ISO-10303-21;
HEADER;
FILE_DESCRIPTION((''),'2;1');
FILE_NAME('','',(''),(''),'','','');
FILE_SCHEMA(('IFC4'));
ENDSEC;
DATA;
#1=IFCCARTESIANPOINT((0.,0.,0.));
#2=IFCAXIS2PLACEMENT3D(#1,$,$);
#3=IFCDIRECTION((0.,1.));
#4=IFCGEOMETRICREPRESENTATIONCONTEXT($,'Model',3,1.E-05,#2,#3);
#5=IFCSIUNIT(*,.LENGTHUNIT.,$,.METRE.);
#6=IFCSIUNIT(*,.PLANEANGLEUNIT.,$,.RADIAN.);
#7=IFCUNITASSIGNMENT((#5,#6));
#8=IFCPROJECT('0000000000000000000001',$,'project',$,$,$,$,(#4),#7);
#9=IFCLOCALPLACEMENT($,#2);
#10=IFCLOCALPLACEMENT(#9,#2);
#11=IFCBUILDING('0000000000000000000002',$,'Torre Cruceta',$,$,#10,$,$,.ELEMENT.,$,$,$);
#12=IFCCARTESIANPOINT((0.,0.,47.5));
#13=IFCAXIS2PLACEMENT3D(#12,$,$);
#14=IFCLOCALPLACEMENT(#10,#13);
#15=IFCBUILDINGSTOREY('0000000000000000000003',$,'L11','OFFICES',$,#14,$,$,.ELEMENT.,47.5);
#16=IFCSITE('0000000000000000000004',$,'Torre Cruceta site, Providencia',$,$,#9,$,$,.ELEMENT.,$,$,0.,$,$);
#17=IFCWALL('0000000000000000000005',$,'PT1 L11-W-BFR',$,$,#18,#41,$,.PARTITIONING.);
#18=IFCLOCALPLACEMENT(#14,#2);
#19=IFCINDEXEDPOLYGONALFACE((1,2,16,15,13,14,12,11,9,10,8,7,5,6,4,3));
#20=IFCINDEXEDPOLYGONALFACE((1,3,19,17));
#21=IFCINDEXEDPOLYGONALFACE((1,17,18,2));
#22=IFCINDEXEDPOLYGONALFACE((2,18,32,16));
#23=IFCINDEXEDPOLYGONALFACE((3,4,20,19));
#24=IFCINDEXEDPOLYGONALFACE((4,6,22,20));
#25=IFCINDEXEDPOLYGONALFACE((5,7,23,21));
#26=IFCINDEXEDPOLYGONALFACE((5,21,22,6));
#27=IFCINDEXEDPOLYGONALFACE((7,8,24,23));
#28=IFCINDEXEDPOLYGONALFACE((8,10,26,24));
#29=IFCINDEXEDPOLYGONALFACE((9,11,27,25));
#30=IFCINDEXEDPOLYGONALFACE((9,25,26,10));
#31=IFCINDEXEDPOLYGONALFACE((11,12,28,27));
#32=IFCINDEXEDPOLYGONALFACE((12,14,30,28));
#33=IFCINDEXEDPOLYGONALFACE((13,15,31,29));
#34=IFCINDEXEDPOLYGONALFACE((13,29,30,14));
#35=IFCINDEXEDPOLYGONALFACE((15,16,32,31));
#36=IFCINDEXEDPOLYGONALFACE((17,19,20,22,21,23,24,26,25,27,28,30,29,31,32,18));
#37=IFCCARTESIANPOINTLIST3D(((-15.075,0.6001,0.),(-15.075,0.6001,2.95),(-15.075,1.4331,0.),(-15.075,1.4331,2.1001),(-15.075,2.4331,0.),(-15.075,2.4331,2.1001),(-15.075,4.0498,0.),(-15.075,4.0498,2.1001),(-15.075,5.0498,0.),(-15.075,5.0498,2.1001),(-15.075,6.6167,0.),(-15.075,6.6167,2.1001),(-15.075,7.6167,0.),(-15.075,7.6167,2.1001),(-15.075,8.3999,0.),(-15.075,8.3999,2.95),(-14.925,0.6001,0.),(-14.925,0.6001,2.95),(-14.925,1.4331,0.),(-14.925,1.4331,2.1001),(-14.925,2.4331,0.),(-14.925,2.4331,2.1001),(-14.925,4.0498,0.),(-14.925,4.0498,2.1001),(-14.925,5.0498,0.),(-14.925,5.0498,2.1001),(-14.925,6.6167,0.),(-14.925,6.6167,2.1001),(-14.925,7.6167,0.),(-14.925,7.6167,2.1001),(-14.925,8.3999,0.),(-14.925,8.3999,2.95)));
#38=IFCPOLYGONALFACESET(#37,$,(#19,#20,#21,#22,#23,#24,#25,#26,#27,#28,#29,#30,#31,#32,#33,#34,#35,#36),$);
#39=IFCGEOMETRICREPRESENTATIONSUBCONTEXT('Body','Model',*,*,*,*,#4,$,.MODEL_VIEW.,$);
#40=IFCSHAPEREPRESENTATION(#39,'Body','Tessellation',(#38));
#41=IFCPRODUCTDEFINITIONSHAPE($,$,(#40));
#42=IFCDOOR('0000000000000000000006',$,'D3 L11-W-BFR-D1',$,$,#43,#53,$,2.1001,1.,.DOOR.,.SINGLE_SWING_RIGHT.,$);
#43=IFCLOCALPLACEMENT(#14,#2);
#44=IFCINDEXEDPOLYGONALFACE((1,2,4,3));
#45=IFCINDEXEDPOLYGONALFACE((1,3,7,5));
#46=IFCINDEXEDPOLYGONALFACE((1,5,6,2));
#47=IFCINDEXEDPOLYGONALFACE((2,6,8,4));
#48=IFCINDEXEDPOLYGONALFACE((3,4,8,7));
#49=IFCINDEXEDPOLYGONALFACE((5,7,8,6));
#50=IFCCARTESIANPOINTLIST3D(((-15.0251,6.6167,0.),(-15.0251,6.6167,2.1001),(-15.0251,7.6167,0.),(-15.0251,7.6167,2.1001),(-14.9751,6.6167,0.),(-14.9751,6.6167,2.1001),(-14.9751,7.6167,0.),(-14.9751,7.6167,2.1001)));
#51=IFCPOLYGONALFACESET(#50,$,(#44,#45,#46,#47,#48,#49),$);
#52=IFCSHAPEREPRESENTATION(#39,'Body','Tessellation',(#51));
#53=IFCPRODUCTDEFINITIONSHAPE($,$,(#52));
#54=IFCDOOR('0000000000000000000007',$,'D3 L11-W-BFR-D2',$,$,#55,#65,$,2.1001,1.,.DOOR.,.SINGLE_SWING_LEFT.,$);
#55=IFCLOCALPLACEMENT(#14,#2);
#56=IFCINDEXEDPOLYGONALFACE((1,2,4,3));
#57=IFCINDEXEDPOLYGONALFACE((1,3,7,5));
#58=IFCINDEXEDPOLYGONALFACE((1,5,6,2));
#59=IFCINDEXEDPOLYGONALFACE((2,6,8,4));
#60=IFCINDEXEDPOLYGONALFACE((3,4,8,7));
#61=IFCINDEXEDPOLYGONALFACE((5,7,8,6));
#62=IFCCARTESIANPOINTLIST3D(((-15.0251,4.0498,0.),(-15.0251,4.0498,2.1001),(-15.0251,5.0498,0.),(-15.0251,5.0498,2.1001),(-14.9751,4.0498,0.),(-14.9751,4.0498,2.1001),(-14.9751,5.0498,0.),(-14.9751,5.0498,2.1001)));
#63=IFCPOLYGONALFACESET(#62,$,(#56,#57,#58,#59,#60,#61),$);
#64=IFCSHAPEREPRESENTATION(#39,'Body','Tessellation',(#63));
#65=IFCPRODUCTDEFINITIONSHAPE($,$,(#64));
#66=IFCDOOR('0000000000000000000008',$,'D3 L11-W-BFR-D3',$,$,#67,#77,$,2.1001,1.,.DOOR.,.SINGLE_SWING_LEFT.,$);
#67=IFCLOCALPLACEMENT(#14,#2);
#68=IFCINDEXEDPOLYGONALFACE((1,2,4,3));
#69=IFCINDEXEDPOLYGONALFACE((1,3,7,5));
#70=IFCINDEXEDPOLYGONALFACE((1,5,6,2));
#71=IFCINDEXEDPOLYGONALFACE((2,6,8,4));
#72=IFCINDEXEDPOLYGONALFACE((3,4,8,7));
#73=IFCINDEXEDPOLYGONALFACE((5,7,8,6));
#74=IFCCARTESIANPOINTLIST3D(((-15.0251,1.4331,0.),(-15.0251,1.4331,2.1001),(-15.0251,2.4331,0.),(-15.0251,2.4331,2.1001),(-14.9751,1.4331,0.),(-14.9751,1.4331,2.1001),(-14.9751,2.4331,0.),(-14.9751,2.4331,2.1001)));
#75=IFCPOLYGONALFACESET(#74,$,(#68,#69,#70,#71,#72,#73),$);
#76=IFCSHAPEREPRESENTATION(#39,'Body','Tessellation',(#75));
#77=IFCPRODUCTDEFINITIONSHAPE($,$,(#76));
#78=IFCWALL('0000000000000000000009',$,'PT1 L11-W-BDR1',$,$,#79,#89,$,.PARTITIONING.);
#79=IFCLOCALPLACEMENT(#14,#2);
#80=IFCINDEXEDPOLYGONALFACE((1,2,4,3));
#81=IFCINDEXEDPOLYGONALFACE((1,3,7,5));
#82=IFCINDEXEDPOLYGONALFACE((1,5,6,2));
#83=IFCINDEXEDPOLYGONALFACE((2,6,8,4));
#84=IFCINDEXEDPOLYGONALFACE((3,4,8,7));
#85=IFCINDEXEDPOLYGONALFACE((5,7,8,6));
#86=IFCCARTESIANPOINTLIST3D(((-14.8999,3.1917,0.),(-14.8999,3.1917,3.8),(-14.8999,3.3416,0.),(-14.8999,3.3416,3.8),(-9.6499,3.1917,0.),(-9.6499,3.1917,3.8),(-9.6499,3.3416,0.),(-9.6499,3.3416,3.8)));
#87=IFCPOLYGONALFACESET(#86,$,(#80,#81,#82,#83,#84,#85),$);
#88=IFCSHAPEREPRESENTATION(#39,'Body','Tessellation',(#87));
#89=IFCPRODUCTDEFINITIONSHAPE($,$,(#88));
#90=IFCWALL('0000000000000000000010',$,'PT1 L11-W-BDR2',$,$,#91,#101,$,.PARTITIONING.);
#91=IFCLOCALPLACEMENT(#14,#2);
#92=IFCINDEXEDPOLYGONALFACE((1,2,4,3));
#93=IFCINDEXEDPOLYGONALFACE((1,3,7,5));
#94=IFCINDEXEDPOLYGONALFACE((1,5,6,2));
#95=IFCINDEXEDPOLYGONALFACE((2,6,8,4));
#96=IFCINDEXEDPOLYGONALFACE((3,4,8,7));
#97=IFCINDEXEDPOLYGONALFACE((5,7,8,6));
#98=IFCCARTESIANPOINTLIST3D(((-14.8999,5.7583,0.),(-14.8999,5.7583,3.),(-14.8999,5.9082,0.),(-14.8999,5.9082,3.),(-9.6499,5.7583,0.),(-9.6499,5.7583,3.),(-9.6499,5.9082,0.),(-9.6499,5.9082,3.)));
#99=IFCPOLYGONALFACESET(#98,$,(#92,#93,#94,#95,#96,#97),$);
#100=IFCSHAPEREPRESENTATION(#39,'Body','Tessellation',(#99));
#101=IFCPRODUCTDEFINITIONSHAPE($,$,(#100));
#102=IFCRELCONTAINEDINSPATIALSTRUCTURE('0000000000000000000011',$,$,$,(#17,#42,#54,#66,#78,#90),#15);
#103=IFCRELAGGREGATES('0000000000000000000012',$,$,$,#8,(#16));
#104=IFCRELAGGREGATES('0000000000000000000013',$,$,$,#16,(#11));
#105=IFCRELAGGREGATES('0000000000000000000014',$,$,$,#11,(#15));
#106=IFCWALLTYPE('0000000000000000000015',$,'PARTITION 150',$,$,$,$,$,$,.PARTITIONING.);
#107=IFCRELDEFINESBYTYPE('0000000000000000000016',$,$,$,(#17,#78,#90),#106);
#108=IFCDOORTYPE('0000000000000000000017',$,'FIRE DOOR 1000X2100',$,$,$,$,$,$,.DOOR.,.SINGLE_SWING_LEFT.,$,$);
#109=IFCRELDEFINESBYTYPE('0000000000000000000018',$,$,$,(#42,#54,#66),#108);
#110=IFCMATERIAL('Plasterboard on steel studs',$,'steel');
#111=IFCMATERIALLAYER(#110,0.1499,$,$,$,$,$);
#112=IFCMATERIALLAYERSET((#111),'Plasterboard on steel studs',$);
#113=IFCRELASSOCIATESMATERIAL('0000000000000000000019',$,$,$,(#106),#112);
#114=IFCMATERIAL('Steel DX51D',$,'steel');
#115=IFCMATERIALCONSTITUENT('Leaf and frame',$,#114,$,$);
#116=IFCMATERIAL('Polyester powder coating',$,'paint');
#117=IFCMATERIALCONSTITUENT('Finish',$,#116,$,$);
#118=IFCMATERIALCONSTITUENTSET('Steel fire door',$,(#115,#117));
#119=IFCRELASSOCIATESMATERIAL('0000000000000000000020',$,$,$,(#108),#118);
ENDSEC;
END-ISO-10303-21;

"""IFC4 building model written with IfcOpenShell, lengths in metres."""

from ifc_helpers import new_model, si_unit, direction, frame, frame_2d, origin, place, context, subcontext, project, spatial, rectangle, extrude, material, layer, layer_set, constituent, constituent_set, type_object, element, fill, save


model = new_model("IFC4")

# Units and contexts
model_context = context("Model", 3, precision=1e-05, world=origin(), true_north=direction((0.0, 1.0)))
body_context = subcontext(model_context, "Body", "Model", "MODEL_VIEW")
ifc_project = project(units=[si_unit("LENGTHUNIT", "METRE"), si_unit("PLANEANGLEUNIT", "RADIAN")], contexts=[model_context])

# Site, building, storey
site_placement = place(None, origin())
site = spatial("IfcSite", under=ifc_project, at=site_placement, Name="Torre Cruceta site, Providencia", CompositionType="ELEMENT", RefElevation=0.0)
building_placement = place(site_placement, origin())
building = spatial("IfcBuilding", under=site, at=building_placement, Name="Torre Cruceta", CompositionType="ELEMENT")
storey_placement = place(building_placement, frame((0.0, 0.0, 47.5)))
storey = spatial("IfcBuildingStorey", under=building, at=storey_placement, Name="L11", Description="OFFICES", CompositionType="ELEMENT", Elevation=47.5)

# Wall, openings, doors
ifc_material_1 = material(Name="Plasterboard on steel studs", Category="steel")
ifc_layer_1 = layer(ifc_material_1, 0.1499)
ifc_layer_set_1 = layer_set([ifc_layer_1], Name="Plasterboard on steel studs")
wall_type_1 = type_object("IfcWallType", Name="PARTITION 150", PredefinedType="PARTITIONING", material=ifc_layer_set_1)
wall_1_placement = place(storey_placement, frame((-15.0, 8.3999, 0.0), z_axis=(0.0, 0.0, 1.0), x_axis=(0.0, -1.0, 0.0)))
wall_1 = element("IfcWall", 1, at=wall_1_placement, inside=storey, type_object=wall_type_1, Name="PT1 L11-W-BFR", PredefinedType="PARTITIONING", context=body_context, shape_type="SweptSolid", body=[
    extrude(rectangle(XDim=7.7998, YDim=0.1499, at=frame_2d((3.8999, 0.0))), origin(), (0.0, 0.0, 1.0), 2.95),
])
opening_1_placement = place(wall_1_placement, frame((0.7832, 0.0, 0.0)))
opening_1 = element("IfcOpeningElement", 2, at=opening_1_placement, cuts=wall_1, PredefinedType="OPENING", context=body_context, shape_type="SweptSolid", body=[
    extrude(rectangle(XDim=1.0, YDim=2.1001, at=frame_2d((0.5, 1.05))), frame((0.0, 0.085, 0.0), z_axis=(0.0, -1.0, 0.0), x_axis=(1.0, 0.0, 0.0)), (0.0, 0.0, 1.0), 0.1699),
])
opening_2_placement = place(wall_1_placement, frame((3.3501, 0.0, 0.0)))
opening_2 = element("IfcOpeningElement", 3, at=opening_2_placement, cuts=wall_1, PredefinedType="OPENING", context=body_context, shape_type="SweptSolid", body=[
    extrude(rectangle(XDim=1.0, YDim=2.1001, at=frame_2d((0.5, 1.05))), frame((0.0, 0.085, 0.0), z_axis=(0.0, -1.0, 0.0), x_axis=(1.0, 0.0, 0.0)), (0.0, 0.0, 1.0), 0.1699),
])
opening_3_placement = place(wall_1_placement, frame((5.9668, 0.0, 0.0)))
opening_3 = element("IfcOpeningElement", 4, at=opening_3_placement, cuts=wall_1, PredefinedType="OPENING", context=body_context, shape_type="SweptSolid", body=[
    extrude(rectangle(XDim=1.0, YDim=2.1001, at=frame_2d((0.5, 1.05))), frame((0.0, 0.085, 0.0), z_axis=(0.0, -1.0, 0.0), x_axis=(1.0, 0.0, 0.0)), (0.0, 0.0, 1.0), 0.1699),
])
ifc_material_2 = material(Name="Steel DX51D", Category="steel")
ifc_constituent_1 = constituent(ifc_material_2, Name="Leaf and frame")
ifc_material_3 = material(Name="Polyester powder coating", Category="paint")
ifc_constituent_2 = constituent(ifc_material_3, Name="Finish")
ifc_constituent_set_1 = constituent_set(constituents=[ifc_constituent_1, ifc_constituent_2], Name="Steel fire door")
door_type_1 = type_object("IfcDoorType", Name="FIRE DOOR 1000X2100", OperationType="SINGLE_SWING_LEFT", PredefinedType="DOOR", material=ifc_constituent_set_1)
door_1_placement = place(opening_1_placement, origin())
door_1 = element("IfcDoor", 5, at=door_1_placement, inside=storey, type_object=door_type_1, Name="D3 L11-W-BFR-D1", OperationType="SINGLE_SWING_RIGHT", OverallHeight=2.1001, OverallWidth=1.0, PredefinedType="DOOR", context=body_context, shape_type="SweptSolid", body=[
    extrude(rectangle(XDim=1.0, YDim=2.1001, at=frame_2d((0.5, 1.05))), frame((0.0, 0.0249, 0.0), z_axis=(0.0, -1.0, 0.0), x_axis=(1.0, 0.0, 0.0)), (0.0, 0.0, 1.0), 0.05),
])
fill(opening_1, door_1)
door_2_placement = place(opening_2_placement, origin())
door_2 = element("IfcDoor", 6, at=door_2_placement, inside=storey, type_object=door_type_1, Name="D3 L11-W-BFR-D2", OperationType="SINGLE_SWING_LEFT", OverallHeight=2.1001, OverallWidth=1.0, PredefinedType="DOOR", context=body_context, shape_type="SweptSolid", body=[
    extrude(rectangle(XDim=1.0, YDim=2.1001, at=frame_2d((0.5, 1.05))), frame((0.0, 0.0249, 0.0), z_axis=(0.0, -1.0, 0.0), x_axis=(1.0, 0.0, 0.0)), (0.0, 0.0, 1.0), 0.05),
])
fill(opening_2, door_2)
door_3_placement = place(opening_3_placement, origin())
door_3 = element("IfcDoor", 7, at=door_3_placement, inside=storey, type_object=door_type_1, Name="D3 L11-W-BFR-D3", OperationType="SINGLE_SWING_LEFT", OverallHeight=2.1001, OverallWidth=1.0, PredefinedType="DOOR", context=body_context, shape_type="SweptSolid", body=[
    extrude(rectangle(XDim=1.0, YDim=2.1001, at=frame_2d((0.5, 1.05))), frame((0.0, 0.0249, 0.0), z_axis=(0.0, -1.0, 0.0), x_axis=(1.0, 0.0, 0.0)), (0.0, 0.0, 1.0), 0.05),
])
fill(opening_3, door_3)

# Walls
wall_2_placement = place(storey_placement, frame((-9.6499, 3.2666, 0.0), z_axis=(0.0, 0.0, 1.0), x_axis=(-1.0, 0.0, 0.0)))
element("IfcWall", 8, at=wall_2_placement, inside=storey, type_object=wall_type_1, Name="PT1 L11-W-BDR1", PredefinedType="PARTITIONING", context=body_context, shape_type="SweptSolid", body=[
    extrude(rectangle(XDim=5.25, YDim=0.1499, at=frame_2d((2.625, 0.0))), origin(), (0.0, 0.0, 1.0), 3.8),
])
wall_3_placement = place(storey_placement, frame((-9.6499, 5.8333, 0.0), z_axis=(0.0, 0.0, 1.0), x_axis=(-1.0, 0.0, 0.0)))
element("IfcWall", 9, at=wall_3_placement, inside=storey, type_object=wall_type_1, Name="PT1 L11-W-BDR2", PredefinedType="PARTITIONING", context=body_context, shape_type="SweptSolid", body=[
    extrude(rectangle(XDim=5.25, YDim=0.1499, at=frame_2d((2.625, 0.0))), origin(), (0.0, 0.0, 1.0), 3.0),
])

save(model, "model.ifc")
